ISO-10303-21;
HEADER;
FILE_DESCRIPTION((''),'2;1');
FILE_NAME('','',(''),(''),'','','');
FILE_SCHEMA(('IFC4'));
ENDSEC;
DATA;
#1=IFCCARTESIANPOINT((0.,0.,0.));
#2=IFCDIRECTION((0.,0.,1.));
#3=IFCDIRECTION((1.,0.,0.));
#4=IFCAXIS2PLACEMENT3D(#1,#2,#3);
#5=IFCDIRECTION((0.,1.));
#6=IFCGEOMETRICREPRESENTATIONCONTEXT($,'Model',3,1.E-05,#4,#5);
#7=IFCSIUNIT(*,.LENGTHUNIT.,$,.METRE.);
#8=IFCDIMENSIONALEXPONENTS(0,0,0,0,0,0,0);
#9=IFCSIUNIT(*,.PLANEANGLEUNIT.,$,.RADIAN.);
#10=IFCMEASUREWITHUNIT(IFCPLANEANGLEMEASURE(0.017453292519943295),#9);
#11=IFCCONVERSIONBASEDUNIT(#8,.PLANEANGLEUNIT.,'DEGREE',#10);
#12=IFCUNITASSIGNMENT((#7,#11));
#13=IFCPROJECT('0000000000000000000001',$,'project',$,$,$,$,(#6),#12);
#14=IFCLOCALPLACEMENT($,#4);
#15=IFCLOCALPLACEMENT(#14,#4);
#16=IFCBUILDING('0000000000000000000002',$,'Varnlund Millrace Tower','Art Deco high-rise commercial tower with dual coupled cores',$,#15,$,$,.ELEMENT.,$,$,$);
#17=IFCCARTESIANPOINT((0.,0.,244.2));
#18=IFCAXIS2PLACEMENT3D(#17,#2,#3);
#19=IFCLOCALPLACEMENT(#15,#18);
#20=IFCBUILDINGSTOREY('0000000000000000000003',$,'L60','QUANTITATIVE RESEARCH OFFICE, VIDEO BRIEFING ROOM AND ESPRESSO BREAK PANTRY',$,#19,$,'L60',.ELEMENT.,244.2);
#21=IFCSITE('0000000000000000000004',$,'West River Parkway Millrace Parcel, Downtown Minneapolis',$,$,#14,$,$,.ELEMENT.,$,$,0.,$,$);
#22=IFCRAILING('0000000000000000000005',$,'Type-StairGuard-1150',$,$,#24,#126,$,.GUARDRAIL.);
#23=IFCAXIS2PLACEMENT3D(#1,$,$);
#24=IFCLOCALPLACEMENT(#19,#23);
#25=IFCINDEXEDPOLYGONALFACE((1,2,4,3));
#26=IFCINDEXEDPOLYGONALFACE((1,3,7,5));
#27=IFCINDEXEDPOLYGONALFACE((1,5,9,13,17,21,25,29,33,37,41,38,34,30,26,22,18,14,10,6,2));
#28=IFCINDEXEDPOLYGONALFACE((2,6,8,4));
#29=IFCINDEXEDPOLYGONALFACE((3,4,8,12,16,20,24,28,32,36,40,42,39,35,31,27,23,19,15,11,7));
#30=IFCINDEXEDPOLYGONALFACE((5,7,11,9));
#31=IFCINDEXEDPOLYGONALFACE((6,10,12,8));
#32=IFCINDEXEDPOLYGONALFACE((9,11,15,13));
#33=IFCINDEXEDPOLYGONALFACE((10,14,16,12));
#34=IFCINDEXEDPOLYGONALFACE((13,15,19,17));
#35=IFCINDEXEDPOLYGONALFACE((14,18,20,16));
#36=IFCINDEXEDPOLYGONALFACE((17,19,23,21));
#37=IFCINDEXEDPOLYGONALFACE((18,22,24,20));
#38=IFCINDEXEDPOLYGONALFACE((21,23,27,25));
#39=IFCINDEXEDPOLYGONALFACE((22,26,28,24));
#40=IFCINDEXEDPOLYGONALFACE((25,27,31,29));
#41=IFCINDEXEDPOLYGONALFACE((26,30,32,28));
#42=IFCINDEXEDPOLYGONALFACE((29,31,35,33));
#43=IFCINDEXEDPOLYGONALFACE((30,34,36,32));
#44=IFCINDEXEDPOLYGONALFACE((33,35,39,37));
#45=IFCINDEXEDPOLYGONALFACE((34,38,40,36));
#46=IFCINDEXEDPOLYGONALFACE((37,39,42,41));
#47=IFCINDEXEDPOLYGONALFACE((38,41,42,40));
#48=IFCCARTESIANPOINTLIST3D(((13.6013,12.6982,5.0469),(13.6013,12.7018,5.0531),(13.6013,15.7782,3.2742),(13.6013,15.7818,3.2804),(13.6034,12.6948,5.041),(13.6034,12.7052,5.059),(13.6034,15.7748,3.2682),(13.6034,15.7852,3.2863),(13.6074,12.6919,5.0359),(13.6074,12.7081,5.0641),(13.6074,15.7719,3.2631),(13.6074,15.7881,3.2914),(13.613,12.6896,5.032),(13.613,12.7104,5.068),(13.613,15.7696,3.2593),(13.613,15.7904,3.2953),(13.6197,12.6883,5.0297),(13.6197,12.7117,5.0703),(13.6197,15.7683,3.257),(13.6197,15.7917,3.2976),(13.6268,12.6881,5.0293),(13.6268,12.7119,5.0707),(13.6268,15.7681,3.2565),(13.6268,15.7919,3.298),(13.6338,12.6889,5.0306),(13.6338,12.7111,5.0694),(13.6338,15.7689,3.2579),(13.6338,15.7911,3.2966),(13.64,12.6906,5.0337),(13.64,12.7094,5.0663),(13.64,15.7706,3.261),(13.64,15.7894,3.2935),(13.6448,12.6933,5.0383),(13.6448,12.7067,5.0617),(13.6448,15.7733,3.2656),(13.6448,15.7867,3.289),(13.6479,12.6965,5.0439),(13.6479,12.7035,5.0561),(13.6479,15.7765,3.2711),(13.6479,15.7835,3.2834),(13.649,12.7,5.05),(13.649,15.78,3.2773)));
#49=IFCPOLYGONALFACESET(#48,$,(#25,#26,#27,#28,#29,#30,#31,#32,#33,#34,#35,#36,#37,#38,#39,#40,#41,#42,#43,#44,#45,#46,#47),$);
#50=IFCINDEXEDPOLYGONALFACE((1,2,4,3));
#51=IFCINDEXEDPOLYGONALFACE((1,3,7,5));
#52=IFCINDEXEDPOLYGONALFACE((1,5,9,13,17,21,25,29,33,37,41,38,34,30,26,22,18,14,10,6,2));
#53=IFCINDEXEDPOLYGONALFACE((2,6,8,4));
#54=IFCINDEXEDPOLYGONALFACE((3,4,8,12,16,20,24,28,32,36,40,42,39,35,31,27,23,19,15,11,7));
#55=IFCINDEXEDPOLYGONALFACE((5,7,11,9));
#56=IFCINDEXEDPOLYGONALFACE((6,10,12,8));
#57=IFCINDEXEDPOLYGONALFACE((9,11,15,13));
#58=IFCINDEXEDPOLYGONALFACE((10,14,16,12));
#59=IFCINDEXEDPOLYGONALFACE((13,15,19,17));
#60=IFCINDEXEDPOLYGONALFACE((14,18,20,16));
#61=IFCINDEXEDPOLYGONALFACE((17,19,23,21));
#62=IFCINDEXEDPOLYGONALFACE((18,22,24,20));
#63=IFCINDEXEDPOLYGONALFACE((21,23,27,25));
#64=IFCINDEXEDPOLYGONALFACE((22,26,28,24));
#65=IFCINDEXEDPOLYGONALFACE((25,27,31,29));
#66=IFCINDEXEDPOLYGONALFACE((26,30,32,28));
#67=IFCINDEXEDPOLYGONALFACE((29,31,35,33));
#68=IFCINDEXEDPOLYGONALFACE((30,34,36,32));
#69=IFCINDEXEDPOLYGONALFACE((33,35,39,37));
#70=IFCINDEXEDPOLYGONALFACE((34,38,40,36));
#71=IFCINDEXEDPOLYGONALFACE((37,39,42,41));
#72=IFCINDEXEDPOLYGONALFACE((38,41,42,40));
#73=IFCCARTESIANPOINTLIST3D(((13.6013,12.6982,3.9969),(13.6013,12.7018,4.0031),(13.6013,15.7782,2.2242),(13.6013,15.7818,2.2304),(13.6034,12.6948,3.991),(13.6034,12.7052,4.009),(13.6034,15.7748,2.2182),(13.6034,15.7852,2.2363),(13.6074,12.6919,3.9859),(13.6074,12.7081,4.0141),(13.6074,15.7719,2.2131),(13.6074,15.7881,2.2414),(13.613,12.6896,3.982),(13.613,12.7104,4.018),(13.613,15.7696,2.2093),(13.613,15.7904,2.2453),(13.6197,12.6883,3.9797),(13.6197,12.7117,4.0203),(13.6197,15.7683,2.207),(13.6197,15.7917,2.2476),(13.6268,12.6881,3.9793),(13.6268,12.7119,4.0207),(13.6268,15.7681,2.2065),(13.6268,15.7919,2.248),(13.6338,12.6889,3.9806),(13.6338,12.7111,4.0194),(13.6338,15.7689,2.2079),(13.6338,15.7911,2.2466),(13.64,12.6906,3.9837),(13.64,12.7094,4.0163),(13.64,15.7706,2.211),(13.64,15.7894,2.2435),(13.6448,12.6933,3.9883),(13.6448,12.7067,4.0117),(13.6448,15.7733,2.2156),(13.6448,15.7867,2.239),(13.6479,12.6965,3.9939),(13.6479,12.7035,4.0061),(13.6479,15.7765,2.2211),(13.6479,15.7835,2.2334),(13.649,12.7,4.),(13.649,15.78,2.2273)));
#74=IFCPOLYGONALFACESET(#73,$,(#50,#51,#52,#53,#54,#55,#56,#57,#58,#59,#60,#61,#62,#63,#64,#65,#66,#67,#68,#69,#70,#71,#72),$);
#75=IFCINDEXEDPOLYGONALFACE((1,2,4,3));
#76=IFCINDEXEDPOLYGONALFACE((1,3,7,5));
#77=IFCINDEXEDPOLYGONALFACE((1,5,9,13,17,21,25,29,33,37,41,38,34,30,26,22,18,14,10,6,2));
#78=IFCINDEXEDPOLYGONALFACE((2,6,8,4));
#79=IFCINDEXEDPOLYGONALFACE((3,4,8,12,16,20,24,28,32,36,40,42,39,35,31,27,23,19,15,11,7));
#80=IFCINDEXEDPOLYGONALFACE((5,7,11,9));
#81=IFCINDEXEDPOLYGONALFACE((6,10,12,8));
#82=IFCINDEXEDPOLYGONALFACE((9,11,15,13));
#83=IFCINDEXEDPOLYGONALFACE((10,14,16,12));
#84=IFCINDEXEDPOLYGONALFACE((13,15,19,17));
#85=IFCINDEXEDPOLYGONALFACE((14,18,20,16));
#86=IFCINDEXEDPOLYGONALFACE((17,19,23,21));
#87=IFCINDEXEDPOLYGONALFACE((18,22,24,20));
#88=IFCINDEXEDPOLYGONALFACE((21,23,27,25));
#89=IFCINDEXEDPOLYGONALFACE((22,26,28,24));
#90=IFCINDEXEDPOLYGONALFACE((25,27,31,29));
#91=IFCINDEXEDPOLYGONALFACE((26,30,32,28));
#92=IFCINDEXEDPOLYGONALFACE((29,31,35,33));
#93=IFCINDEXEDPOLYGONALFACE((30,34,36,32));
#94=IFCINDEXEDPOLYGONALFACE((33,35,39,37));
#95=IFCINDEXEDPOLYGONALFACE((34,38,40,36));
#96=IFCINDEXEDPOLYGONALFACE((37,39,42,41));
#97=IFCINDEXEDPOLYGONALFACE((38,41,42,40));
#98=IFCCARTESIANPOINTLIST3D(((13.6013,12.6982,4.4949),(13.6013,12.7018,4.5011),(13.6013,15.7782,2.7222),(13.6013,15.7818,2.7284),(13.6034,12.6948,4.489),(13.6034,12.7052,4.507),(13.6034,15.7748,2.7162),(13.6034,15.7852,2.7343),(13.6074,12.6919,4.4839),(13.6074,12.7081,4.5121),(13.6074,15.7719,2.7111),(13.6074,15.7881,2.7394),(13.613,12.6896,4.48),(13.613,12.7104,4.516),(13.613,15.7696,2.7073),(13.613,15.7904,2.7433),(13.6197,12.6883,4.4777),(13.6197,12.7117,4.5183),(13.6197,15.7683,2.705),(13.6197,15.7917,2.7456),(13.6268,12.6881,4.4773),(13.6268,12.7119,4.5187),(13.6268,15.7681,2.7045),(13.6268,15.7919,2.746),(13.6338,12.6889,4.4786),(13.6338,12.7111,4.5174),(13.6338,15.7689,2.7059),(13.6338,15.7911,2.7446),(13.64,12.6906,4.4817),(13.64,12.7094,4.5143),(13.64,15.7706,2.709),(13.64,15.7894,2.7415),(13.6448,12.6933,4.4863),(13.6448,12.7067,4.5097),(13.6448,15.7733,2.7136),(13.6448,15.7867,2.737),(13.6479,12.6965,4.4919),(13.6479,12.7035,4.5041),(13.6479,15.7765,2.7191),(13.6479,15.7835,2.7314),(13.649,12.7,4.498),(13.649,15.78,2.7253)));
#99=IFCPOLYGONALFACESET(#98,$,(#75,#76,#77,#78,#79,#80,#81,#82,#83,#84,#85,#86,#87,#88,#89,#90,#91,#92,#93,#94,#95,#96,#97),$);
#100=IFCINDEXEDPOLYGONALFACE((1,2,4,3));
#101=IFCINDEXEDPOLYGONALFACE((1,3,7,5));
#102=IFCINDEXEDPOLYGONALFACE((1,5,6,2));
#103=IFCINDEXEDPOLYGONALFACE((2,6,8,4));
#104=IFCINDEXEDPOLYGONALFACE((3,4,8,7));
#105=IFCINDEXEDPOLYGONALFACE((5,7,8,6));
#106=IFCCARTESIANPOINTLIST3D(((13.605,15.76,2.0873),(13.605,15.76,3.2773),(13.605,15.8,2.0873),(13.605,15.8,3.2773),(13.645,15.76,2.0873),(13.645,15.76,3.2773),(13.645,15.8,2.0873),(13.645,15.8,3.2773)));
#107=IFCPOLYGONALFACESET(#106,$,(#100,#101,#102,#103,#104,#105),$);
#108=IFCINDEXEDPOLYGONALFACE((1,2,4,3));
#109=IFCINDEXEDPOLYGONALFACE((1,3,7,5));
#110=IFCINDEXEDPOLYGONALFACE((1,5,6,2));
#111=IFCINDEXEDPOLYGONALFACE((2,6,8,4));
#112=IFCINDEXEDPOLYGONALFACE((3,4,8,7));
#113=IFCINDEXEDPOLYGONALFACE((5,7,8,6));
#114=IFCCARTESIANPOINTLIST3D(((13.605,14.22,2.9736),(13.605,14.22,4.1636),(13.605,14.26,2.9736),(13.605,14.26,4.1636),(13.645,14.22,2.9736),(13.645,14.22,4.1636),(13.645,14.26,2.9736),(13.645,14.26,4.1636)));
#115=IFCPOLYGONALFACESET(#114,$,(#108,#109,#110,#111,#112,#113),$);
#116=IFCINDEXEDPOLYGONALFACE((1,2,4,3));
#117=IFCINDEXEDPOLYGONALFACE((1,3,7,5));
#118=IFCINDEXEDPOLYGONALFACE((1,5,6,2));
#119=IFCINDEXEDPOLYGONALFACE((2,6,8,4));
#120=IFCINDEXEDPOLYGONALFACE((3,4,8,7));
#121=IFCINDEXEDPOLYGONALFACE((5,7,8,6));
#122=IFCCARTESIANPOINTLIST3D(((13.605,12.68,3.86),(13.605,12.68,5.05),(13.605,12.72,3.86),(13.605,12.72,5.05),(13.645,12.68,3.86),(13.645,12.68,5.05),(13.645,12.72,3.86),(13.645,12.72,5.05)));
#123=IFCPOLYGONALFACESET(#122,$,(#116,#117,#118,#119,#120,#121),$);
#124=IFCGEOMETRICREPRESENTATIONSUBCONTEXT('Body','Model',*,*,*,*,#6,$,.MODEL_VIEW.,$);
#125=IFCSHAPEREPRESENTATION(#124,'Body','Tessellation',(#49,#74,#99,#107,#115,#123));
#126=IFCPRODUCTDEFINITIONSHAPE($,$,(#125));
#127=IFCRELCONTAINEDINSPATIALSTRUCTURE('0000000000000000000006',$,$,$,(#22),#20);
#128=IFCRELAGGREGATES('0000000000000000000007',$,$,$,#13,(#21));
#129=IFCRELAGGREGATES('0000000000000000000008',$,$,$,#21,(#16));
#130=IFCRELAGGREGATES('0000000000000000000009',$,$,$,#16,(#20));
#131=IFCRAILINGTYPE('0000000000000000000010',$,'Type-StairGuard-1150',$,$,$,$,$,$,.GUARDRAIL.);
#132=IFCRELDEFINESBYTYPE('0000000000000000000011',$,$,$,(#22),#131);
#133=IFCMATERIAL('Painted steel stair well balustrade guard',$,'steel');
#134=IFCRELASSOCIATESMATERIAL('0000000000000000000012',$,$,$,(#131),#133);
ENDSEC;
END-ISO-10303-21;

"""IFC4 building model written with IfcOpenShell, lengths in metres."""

from ifc_helpers import new_model, entity, si_unit, converted_unit, direction, frame, origin_with_axes, origin_2d_with_axis, place, context, subcontext, project, spatial, rectangle, circle, extrude, material, type_object, element, save


model = new_model("IFC4")

# Units and contexts
model_context = context("Model", 3, precision=1e-05, world=origin_with_axes(), true_north=direction((0.0, 1.0)))
body_context = subcontext(model_context, "Body", "Model", "MODEL_VIEW")
ifc_project = project(units=[si_unit("LENGTHUNIT", "METRE"), converted_unit("PLANEANGLEUNIT", "DEGREE", entity("IfcPlaneAngleMeasure", 0.017453292519943295), si_unit("PLANEANGLEUNIT", "RADIAN"), dimensions=[0, 0, 0, 0, 0, 0, 0])], contexts=[model_context])

# Site, building, storey
site_placement = place(None, origin_with_axes())
site = spatial("IfcSite", under=ifc_project, at=site_placement, Name="West River Parkway Millrace Parcel, Downtown Minneapolis", CompositionType="ELEMENT", RefElevation=0.0)
building_placement = place(site_placement, origin_with_axes())
building = spatial("IfcBuilding", under=site, at=building_placement, Name="Varnlund Millrace Tower", Description="Art Deco high-rise commercial tower with dual coupled cores", CompositionType="ELEMENT")
storey_placement = place(building_placement, frame((0.0, 0.0, 244.2), z_axis=(0.0, 0.0, 1.0), x_axis=(1.0, 0.0, 0.0)))
storey = spatial("IfcBuildingStorey", under=building, at=storey_placement, Name="L60", Description="QUANTITATIVE RESEARCH OFFICE, VIDEO BRIEFING ROOM AND ESPRESSO BREAK PANTRY", LongName="L60", CompositionType="ELEMENT", Elevation=244.2)

# Railing
ifc_material_1 = material(Name="Painted steel stair well balustrade guard", Category="steel")
railing_type_1 = type_object("IfcRailingType", Name="Type-StairGuard-1150", PredefinedType="GUARDRAIL", material=ifc_material_1)
railing_1_placement = place(storey_placement, frame((0.0, 0.0, -244.2), z_axis=(0.0, 0.0, 1.0), x_axis=(1.0, 0.0, 0.0)))
element("IfcRailing", 1, at=railing_1_placement, inside=storey, type_object=railing_type_1, Name="Type-StairGuard-1150", PredefinedType="GUARDRAIL", context=body_context, shape_type="SweptSolid", body=[
    extrude(circle(Radius=0.024, at=origin_2d_with_axis()), frame((13.625, 15.78, 247.4773), z_axis=(0.0, -0.866696, 0.498836), x_axis=(1.0, 0.0, 0.0)), (0.0, 0.0, 1.0), 3.5537),
    extrude(circle(Radius=0.024, at=origin_2d_with_axis()), frame((13.625, 15.78, 246.4273), z_axis=(0.0, -0.866696, 0.498836), x_axis=(1.0, 0.0, 0.0)), (0.0, 0.0, 1.0), 3.5537),
    extrude(circle(Radius=0.024, at=origin_2d_with_axis()), frame((13.625, 15.78, 246.9253), z_axis=(0.0, -0.866696, 0.498836), x_axis=(1.0, 0.0, 0.0)), (0.0, 0.0, 1.0), 3.5537),
    extrude(rectangle(XDim=0.04, YDim=0.04, at=origin_2d_with_axis()), frame((13.625, 15.78, 246.2873), z_axis=(0.0, 0.0, 1.0), x_axis=(1.0, 0.0, 0.0)), (0.0, 0.0, 1.0), 1.19),
    extrude(rectangle(XDim=0.04, YDim=0.04, at=origin_2d_with_axis()), frame((13.625, 14.24, 247.1736), z_axis=(0.0, 0.0, 1.0), x_axis=(1.0, 0.0, 0.0)), (0.0, 0.0, 1.0), 1.19),
    extrude(rectangle(XDim=0.04, YDim=0.04, at=origin_2d_with_axis()), frame((13.625, 12.7, 248.06), z_axis=(0.0, 0.0, 1.0), x_axis=(1.0, 0.0, 0.0)), (0.0, 0.0, 1.0), 1.19),
])

save(model, "model.ifc")
